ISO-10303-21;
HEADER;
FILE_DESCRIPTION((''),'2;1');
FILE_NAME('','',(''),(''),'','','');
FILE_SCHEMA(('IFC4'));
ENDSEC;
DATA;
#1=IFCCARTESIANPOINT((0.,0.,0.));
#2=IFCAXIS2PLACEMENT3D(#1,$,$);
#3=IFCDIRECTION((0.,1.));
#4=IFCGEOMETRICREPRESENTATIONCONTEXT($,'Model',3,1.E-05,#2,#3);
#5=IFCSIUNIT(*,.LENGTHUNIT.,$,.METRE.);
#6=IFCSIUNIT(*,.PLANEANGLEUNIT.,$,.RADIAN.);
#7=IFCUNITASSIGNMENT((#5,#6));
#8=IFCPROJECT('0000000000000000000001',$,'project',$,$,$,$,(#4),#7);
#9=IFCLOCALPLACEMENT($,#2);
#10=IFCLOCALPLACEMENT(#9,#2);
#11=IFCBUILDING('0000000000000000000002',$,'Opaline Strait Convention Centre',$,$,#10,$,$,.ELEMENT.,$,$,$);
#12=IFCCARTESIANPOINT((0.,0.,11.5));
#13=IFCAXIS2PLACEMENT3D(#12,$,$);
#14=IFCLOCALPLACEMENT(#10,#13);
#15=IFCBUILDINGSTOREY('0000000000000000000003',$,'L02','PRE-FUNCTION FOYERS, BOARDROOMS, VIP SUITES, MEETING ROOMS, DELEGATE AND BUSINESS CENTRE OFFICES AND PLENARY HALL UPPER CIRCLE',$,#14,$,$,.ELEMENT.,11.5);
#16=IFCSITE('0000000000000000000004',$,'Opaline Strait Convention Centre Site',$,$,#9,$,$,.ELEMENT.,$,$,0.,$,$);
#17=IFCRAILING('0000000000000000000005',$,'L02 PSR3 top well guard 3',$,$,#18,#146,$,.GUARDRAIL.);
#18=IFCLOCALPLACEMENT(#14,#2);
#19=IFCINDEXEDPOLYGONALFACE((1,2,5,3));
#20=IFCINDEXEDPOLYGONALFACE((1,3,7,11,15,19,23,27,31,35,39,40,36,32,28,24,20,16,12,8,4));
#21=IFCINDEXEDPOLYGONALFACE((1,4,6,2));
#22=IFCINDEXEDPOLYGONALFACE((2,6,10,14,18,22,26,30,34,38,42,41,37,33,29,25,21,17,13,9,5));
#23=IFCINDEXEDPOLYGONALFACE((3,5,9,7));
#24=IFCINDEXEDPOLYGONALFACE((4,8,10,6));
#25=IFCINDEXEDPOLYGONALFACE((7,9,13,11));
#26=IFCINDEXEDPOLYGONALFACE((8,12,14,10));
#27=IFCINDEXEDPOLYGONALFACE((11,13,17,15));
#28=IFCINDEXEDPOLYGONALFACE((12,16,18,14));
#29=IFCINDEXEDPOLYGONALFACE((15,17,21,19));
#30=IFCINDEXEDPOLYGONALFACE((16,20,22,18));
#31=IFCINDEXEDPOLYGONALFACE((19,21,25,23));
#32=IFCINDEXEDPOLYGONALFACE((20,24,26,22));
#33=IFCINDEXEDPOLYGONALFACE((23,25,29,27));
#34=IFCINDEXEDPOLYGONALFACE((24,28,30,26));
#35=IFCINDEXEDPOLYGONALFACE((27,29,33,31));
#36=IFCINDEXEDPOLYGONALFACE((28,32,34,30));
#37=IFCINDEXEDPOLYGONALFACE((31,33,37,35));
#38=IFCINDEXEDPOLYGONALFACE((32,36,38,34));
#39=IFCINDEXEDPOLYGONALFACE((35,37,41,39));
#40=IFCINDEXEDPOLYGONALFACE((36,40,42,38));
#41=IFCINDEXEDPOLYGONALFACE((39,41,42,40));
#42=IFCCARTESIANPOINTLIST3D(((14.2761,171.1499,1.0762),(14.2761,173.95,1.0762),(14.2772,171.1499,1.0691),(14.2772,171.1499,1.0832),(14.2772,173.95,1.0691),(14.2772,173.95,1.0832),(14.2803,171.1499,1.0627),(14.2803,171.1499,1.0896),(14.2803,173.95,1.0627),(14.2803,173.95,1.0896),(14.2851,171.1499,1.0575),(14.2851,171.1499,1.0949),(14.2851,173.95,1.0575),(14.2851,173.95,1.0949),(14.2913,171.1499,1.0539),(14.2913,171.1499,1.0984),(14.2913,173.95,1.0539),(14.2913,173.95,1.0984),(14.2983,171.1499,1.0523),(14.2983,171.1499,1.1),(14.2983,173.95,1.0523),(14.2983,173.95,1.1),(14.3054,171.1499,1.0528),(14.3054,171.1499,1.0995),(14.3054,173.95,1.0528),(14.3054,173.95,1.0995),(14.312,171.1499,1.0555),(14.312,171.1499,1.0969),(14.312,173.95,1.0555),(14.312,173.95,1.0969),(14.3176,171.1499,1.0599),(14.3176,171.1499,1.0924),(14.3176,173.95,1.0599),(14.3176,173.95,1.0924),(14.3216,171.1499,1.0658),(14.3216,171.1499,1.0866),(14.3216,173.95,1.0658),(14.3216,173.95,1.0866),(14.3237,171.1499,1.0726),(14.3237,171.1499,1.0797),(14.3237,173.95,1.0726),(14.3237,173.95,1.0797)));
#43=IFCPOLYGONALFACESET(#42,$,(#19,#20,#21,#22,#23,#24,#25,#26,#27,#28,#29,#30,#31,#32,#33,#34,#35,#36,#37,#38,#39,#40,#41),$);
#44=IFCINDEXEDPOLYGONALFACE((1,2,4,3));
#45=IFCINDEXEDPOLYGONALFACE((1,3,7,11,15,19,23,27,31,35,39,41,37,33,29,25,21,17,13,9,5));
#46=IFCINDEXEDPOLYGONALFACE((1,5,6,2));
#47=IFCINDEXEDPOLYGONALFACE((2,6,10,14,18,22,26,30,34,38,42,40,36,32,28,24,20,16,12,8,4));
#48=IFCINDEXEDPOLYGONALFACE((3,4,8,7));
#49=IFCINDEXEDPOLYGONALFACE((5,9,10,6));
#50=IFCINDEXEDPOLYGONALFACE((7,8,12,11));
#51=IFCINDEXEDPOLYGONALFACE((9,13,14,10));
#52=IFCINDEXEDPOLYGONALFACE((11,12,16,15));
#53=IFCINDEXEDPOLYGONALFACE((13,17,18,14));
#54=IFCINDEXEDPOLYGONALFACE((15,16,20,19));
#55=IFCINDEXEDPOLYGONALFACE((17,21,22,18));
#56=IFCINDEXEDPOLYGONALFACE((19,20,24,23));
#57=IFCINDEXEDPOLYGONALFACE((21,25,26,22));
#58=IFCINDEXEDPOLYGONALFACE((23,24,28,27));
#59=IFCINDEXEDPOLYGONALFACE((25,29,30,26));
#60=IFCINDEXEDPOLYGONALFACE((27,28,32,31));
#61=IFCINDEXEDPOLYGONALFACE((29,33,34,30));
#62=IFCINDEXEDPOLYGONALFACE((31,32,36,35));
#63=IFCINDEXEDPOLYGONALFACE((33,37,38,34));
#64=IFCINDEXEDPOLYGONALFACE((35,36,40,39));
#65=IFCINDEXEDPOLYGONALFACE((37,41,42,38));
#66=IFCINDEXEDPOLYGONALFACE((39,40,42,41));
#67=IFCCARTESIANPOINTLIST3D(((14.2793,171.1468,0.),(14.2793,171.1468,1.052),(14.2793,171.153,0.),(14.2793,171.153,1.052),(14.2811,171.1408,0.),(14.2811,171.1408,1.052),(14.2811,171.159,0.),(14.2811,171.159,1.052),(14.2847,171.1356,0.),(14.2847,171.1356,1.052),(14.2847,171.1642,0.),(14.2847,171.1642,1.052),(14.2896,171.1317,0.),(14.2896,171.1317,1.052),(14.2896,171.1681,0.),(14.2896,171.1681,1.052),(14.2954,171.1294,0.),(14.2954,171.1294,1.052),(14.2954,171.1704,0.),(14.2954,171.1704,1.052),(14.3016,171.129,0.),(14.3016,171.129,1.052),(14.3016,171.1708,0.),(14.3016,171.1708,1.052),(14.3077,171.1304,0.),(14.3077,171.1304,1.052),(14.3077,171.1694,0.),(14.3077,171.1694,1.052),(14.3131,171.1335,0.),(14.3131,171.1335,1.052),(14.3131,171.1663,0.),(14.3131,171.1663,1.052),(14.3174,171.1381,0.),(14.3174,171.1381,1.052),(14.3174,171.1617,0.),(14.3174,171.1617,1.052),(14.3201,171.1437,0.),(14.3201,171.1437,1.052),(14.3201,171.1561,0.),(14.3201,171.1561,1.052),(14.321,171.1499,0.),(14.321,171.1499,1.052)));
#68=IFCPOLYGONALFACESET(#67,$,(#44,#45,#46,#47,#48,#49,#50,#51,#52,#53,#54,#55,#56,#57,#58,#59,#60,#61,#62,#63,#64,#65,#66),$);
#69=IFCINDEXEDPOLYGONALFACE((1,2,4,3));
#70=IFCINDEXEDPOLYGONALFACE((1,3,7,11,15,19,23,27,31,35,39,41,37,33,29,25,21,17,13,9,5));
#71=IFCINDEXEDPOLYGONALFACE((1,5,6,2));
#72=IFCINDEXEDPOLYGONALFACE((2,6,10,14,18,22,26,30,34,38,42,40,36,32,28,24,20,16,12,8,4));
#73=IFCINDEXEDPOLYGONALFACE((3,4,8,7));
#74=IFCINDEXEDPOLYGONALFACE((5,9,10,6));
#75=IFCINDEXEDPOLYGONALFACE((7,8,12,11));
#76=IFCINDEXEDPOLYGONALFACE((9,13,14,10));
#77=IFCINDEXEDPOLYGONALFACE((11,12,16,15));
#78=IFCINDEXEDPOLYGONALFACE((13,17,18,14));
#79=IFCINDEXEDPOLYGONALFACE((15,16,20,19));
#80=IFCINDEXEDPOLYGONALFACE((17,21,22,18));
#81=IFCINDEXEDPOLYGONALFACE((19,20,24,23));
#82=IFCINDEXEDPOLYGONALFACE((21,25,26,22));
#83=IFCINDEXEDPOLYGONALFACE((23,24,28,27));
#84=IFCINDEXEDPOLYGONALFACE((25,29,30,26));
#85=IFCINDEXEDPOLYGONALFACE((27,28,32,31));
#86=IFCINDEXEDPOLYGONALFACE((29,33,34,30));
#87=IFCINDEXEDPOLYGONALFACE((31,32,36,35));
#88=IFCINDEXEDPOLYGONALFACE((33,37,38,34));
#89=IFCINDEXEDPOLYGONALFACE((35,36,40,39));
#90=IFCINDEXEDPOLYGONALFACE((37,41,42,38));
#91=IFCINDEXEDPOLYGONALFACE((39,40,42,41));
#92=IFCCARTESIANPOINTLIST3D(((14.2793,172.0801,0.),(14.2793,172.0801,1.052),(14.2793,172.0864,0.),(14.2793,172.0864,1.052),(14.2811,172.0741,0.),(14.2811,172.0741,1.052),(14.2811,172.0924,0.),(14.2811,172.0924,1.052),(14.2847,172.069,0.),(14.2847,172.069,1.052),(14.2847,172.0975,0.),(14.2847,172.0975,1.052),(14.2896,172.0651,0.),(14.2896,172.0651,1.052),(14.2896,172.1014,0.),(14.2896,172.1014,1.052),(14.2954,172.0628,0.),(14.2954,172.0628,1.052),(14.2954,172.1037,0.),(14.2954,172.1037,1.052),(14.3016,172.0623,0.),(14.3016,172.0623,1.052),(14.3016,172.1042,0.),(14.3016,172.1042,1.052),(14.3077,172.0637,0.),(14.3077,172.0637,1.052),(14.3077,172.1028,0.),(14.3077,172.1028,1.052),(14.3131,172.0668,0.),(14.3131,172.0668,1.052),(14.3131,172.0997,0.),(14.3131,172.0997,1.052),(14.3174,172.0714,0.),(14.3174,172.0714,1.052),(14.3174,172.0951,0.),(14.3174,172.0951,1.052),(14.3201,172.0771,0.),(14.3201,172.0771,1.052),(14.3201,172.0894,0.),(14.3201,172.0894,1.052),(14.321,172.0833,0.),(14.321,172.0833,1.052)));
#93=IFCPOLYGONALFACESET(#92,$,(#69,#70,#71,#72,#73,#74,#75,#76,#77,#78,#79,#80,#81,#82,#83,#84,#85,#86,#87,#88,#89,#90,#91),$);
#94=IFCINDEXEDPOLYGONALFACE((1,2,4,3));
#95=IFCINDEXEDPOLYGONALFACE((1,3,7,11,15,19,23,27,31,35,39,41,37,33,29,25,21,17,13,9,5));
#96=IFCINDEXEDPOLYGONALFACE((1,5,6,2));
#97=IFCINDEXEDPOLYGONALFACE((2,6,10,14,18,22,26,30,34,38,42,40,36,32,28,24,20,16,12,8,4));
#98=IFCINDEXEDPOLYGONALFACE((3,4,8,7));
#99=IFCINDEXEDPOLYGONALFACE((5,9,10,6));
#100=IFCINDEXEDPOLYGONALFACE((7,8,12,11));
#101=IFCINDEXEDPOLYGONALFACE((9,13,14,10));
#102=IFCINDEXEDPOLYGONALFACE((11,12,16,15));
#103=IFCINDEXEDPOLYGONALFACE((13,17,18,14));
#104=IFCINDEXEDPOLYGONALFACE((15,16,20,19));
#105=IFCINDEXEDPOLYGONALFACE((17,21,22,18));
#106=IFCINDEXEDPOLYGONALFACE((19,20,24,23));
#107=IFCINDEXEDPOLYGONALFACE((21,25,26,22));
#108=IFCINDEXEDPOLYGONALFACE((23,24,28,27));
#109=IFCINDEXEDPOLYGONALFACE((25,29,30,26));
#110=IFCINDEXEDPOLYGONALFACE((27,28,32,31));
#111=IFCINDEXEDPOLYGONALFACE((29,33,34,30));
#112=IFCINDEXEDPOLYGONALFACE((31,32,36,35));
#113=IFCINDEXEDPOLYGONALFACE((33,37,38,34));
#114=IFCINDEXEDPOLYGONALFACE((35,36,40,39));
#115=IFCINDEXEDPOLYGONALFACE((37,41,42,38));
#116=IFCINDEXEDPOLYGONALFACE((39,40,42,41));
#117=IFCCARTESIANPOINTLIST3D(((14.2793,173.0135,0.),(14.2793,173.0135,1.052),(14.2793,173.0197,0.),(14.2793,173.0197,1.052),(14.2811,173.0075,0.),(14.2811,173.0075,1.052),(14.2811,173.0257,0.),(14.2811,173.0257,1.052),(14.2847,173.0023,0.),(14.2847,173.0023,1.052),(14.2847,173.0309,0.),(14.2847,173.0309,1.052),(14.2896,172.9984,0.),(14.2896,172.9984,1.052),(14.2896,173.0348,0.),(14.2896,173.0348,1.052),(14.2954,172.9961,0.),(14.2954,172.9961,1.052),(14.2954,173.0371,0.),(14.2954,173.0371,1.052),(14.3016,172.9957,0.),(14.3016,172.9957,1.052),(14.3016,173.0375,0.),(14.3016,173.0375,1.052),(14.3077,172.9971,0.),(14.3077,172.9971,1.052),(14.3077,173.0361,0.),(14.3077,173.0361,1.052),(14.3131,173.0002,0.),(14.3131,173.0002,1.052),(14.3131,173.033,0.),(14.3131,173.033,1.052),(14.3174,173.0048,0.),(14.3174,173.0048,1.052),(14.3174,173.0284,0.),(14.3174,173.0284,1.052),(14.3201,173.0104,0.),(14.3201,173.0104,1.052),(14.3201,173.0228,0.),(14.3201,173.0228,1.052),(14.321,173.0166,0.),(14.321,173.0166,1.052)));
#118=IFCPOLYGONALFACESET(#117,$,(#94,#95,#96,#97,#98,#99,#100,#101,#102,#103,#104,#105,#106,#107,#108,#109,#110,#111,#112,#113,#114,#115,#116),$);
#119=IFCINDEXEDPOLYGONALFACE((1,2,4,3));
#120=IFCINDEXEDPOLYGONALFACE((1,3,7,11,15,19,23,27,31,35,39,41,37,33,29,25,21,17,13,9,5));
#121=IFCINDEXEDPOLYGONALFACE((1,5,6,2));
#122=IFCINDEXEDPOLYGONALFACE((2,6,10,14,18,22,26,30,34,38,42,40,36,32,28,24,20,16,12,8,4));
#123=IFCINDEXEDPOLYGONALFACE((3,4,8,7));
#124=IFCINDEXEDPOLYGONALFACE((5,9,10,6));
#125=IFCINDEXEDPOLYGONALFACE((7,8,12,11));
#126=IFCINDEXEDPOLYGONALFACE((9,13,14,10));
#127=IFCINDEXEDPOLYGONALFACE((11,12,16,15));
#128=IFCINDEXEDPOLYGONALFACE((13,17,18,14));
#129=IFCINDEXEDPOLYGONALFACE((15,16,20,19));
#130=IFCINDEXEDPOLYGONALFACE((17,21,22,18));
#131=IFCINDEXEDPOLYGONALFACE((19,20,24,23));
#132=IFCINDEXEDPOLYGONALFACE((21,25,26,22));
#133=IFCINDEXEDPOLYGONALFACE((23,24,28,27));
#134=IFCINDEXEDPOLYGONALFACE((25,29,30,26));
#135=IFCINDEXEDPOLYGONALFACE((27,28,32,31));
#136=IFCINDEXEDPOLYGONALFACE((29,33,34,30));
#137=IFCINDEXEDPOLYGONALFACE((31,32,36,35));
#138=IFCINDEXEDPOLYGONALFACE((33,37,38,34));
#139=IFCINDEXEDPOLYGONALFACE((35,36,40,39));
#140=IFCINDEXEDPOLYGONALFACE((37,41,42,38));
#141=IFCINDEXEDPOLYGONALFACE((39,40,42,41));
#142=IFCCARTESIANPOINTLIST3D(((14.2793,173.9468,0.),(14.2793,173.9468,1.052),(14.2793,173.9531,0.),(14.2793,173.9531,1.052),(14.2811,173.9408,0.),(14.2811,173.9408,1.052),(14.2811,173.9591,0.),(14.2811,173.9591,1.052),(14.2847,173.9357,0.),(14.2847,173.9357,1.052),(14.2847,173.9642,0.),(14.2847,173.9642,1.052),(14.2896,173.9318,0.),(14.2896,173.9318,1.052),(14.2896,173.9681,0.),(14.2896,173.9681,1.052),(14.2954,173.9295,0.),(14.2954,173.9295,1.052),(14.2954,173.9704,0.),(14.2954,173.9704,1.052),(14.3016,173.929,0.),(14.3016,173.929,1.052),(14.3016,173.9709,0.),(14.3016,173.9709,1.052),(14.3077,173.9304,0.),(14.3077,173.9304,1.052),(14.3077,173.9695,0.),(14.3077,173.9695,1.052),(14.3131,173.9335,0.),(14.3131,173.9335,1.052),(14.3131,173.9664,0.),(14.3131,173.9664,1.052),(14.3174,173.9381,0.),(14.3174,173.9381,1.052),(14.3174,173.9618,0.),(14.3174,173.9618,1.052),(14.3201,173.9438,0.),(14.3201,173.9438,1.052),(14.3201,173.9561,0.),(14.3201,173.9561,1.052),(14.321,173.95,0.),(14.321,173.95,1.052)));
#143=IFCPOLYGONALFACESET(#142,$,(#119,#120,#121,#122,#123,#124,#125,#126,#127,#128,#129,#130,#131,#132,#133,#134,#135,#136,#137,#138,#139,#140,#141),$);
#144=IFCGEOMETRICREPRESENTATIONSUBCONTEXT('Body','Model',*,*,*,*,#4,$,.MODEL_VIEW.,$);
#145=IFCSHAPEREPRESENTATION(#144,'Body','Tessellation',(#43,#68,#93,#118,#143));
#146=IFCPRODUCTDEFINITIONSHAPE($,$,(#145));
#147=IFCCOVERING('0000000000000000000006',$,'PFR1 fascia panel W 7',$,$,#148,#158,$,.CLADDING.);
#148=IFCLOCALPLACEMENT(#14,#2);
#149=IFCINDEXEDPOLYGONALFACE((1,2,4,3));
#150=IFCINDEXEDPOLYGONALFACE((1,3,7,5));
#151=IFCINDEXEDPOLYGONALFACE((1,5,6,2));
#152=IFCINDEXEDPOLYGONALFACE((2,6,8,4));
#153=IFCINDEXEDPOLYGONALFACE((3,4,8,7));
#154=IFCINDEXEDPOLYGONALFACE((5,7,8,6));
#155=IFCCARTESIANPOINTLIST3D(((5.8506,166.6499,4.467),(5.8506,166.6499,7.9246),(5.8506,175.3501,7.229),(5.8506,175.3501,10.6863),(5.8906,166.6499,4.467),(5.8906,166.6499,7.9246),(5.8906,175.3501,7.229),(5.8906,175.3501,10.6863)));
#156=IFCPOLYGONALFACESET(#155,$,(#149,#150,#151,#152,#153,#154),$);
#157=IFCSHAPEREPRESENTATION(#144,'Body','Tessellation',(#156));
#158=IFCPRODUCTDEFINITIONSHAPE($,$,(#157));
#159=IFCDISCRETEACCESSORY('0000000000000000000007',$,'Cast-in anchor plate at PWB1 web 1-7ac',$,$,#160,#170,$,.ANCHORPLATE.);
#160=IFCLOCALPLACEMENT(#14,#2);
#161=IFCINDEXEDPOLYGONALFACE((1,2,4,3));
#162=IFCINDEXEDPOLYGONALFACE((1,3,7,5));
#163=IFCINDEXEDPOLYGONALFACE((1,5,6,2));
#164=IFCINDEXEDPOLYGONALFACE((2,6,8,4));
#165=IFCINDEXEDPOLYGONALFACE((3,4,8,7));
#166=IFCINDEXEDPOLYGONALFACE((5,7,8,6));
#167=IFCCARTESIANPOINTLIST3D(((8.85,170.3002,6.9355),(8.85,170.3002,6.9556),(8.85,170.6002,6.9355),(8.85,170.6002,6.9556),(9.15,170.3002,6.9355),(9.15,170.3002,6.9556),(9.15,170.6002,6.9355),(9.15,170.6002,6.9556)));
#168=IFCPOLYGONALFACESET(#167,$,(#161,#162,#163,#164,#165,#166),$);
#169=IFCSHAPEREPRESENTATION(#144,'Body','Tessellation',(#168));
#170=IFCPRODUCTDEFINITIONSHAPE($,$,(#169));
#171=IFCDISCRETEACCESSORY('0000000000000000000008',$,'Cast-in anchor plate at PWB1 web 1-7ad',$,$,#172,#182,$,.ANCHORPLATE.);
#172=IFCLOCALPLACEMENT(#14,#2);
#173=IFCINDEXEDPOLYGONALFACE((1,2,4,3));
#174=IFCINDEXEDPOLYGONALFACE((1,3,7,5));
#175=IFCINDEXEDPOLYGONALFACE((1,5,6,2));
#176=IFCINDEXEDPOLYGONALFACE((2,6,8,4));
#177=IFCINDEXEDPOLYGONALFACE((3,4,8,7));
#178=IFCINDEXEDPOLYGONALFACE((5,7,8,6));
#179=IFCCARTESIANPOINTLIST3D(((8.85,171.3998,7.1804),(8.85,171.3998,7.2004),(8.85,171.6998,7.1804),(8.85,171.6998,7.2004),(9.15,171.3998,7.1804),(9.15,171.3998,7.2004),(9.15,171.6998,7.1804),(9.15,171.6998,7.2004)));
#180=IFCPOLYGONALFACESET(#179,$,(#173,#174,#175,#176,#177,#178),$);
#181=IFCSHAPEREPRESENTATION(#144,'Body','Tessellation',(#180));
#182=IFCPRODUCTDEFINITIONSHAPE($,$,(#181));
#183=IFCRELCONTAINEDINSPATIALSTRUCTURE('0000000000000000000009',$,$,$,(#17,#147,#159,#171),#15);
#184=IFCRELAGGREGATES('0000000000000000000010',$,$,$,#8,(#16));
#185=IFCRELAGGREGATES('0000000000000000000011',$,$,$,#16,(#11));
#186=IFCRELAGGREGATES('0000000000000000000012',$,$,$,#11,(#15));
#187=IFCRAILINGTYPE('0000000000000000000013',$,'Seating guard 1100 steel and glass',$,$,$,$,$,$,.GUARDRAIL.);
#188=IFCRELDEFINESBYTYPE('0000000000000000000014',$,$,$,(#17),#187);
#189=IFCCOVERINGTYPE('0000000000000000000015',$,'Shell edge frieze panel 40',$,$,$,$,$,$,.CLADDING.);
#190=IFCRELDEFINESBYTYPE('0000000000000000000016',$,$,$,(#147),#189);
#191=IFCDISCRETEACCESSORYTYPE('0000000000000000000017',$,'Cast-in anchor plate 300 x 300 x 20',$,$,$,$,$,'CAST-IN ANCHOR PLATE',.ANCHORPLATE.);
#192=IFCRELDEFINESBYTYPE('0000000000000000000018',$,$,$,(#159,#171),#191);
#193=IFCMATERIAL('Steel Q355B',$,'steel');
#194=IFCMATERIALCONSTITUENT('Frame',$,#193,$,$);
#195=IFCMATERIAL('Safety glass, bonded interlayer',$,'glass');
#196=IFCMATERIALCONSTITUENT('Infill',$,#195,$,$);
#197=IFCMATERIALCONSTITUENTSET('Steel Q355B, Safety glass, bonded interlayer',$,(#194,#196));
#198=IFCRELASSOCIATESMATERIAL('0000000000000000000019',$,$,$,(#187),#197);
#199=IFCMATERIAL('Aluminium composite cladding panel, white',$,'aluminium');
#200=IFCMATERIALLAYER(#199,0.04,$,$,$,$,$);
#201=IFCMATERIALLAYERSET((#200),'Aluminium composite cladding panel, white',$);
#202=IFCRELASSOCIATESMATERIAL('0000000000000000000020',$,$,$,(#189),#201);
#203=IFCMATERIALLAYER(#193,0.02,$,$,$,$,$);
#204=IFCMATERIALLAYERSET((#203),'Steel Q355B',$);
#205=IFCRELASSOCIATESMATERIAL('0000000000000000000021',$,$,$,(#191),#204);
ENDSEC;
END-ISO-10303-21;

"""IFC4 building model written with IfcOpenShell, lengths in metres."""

from ifc_helpers import new_model, si_unit, direction, frame, origin, origin_2d, place, context, subcontext, project, spatial, polyline, rectangle, circle, outline, extrude, material, layer, layer_set, constituent, constituent_set, type_object, element, save


model = new_model("IFC4")

# Units and contexts
model_context = context("Model", 3, precision=1e-05, world=origin(), true_north=direction((0.0, 1.0)))
body_context = subcontext(model_context, "Body", "Model", "MODEL_VIEW")
ifc_project = project(units=[si_unit("LENGTHUNIT", "METRE"), si_unit("PLANEANGLEUNIT", "RADIAN")], contexts=[model_context])

# Site, building, storey
site_placement = place(None, origin())
site = spatial("IfcSite", under=ifc_project, at=site_placement, Name="Opaline Strait Convention Centre Site", CompositionType="ELEMENT", RefElevation=0.0)
building_placement = place(site_placement, origin())
building = spatial("IfcBuilding", under=site, at=building_placement, Name="Opaline Strait Convention Centre", CompositionType="ELEMENT")
storey_placement = place(building_placement, frame((0.0, 0.0, 11.5)))
storey = spatial("IfcBuildingStorey", under=building, at=storey_placement, Name="L02", Description="PRE-FUNCTION FOYERS, BOARDROOMS, VIP SUITES, MEETING ROOMS, DELEGATE AND BUSINESS CENTRE OFFICES AND PLENARY HALL UPPER CIRCLE", CompositionType="ELEMENT", Elevation=11.5)

# Shared definitions
ifc_material_1 = material(Name="Steel Q355B", Category="steel")

# Railing
ifc_constituent_1 = constituent(ifc_material_1, Name="Frame")
ifc_material_2 = material(Name="Safety glass, bonded interlayer", Category="glass")
ifc_constituent_2 = constituent(ifc_material_2, Name="Infill")
ifc_constituent_set = constituent_set(constituents=[ifc_constituent_1, ifc_constituent_2], Name="Steel Q355B, Safety glass, bonded interlayer")
railing_type = type_object("IfcRailingType", Name="Seating guard 1100 steel and glass", PredefinedType="GUARDRAIL", material=ifc_constituent_set)
railing_1_placement = place(storey_placement, frame((14.3, 171.1499, 0.0)))
element("IfcRailing", 1, at=railing_1_placement, inside=storey, type_object=railing_type, Name="L02 PSR3 top well guard 3", PredefinedType="GUARDRAIL", context=body_context, shape_type="SweptSolid", body=[
    extrude(circle(Radius=0.0239, at=origin_2d()), frame((0.0, 0.0, 1.0762), z_axis=(0.0, 1.0, 0.0), x_axis=(-1.0, 0.0, 0.0)), (0.0, 0.0, 1.0), 2.8),
    extrude(circle(Radius=0.021, at=origin_2d()), origin(), (0.0, 0.0, 1.0), 1.052),
    extrude(circle(Radius=0.021, at=origin_2d()), frame((0.0, 0.9333, 0.0)), (0.0, 0.0, 1.0), 1.052),
    extrude(circle(Radius=0.021, at=origin_2d()), frame((0.0, 1.8667, 0.0)), (0.0, 0.0, 1.0), 1.052),
    extrude(circle(Radius=0.021, at=origin_2d()), frame((0.0, 2.8, 0.0)), (0.0, 0.0, 1.0), 1.052),
])

# Covering
ifc_material_3 = material(Name="Aluminium composite cladding panel, white", Category="aluminium")
ifc_layer_1 = layer(ifc_material_3, 0.04)
ifc_layer_set_1 = layer_set([ifc_layer_1], Name="Aluminium composite cladding panel, white")
covering_type = type_object("IfcCoveringType", Name="Shell edge frieze panel 40", PredefinedType="CLADDING", material=ifc_layer_set_1)
covering_placement = place(storey_placement, frame((5.8506, 166.6499, 7.9246), z_axis=(-1.0, 0.0, 0.0), x_axis=(0.0, 0.953132, 0.302554)))
element("IfcCovering", 2, at=covering_placement, inside=storey, type_object=covering_type, Name="PFR1 fascia panel W 7", PredefinedType="CLADDING", context=body_context, shape_type="SweptSolid", body=[
    extrude(outline(polyline([(0.0, 0.0), (9.128, 0.0), (8.082, 3.2952), (-1.0461, 3.2955), (0.0, 0.0)])), origin(), (0.0, 0.0, -1.0), 0.04),
])

# Discrete accessories
ifc_layer_2 = layer(ifc_material_1, 0.02)
ifc_layer_set_2 = layer_set([ifc_layer_2], Name="Steel Q355B")
discrete_accessory_type = type_object("IfcDiscreteAccessoryType", Name="Cast-in anchor plate 300 x 300 x 20", ElementType="CAST-IN ANCHOR PLATE", PredefinedType="ANCHORPLATE", material=ifc_layer_set_2)
for number, where, z_axis, x_axis, name in (
    (3, (9.0, 170.4502, 6.9355), (0.0, 0.0, 1.0), (1.0, 0.0, 0.0), "Cast-in anchor plate at PWB1 web 1-7ac"),
    (4, (9.0, 171.5498, 7.1804), (0.0, 0.0, 1.0), (1.0, 0.0, 0.0), "Cast-in anchor plate at PWB1 web 1-7ad"),
):
    element("IfcDiscreteAccessory", number, at=place(storey_placement, frame(where, z_axis=z_axis, x_axis=x_axis)), inside=storey, type_object=discrete_accessory_type, Name=name, PredefinedType="ANCHORPLATE", context=body_context, shape_type="SweptSolid", body=[
        extrude(rectangle(XDim=0.3, YDim=0.3, at=origin_2d()), origin(), (0.0, 0.0, 1.0), 0.02),
    ])

save(model, "model.ifc")
